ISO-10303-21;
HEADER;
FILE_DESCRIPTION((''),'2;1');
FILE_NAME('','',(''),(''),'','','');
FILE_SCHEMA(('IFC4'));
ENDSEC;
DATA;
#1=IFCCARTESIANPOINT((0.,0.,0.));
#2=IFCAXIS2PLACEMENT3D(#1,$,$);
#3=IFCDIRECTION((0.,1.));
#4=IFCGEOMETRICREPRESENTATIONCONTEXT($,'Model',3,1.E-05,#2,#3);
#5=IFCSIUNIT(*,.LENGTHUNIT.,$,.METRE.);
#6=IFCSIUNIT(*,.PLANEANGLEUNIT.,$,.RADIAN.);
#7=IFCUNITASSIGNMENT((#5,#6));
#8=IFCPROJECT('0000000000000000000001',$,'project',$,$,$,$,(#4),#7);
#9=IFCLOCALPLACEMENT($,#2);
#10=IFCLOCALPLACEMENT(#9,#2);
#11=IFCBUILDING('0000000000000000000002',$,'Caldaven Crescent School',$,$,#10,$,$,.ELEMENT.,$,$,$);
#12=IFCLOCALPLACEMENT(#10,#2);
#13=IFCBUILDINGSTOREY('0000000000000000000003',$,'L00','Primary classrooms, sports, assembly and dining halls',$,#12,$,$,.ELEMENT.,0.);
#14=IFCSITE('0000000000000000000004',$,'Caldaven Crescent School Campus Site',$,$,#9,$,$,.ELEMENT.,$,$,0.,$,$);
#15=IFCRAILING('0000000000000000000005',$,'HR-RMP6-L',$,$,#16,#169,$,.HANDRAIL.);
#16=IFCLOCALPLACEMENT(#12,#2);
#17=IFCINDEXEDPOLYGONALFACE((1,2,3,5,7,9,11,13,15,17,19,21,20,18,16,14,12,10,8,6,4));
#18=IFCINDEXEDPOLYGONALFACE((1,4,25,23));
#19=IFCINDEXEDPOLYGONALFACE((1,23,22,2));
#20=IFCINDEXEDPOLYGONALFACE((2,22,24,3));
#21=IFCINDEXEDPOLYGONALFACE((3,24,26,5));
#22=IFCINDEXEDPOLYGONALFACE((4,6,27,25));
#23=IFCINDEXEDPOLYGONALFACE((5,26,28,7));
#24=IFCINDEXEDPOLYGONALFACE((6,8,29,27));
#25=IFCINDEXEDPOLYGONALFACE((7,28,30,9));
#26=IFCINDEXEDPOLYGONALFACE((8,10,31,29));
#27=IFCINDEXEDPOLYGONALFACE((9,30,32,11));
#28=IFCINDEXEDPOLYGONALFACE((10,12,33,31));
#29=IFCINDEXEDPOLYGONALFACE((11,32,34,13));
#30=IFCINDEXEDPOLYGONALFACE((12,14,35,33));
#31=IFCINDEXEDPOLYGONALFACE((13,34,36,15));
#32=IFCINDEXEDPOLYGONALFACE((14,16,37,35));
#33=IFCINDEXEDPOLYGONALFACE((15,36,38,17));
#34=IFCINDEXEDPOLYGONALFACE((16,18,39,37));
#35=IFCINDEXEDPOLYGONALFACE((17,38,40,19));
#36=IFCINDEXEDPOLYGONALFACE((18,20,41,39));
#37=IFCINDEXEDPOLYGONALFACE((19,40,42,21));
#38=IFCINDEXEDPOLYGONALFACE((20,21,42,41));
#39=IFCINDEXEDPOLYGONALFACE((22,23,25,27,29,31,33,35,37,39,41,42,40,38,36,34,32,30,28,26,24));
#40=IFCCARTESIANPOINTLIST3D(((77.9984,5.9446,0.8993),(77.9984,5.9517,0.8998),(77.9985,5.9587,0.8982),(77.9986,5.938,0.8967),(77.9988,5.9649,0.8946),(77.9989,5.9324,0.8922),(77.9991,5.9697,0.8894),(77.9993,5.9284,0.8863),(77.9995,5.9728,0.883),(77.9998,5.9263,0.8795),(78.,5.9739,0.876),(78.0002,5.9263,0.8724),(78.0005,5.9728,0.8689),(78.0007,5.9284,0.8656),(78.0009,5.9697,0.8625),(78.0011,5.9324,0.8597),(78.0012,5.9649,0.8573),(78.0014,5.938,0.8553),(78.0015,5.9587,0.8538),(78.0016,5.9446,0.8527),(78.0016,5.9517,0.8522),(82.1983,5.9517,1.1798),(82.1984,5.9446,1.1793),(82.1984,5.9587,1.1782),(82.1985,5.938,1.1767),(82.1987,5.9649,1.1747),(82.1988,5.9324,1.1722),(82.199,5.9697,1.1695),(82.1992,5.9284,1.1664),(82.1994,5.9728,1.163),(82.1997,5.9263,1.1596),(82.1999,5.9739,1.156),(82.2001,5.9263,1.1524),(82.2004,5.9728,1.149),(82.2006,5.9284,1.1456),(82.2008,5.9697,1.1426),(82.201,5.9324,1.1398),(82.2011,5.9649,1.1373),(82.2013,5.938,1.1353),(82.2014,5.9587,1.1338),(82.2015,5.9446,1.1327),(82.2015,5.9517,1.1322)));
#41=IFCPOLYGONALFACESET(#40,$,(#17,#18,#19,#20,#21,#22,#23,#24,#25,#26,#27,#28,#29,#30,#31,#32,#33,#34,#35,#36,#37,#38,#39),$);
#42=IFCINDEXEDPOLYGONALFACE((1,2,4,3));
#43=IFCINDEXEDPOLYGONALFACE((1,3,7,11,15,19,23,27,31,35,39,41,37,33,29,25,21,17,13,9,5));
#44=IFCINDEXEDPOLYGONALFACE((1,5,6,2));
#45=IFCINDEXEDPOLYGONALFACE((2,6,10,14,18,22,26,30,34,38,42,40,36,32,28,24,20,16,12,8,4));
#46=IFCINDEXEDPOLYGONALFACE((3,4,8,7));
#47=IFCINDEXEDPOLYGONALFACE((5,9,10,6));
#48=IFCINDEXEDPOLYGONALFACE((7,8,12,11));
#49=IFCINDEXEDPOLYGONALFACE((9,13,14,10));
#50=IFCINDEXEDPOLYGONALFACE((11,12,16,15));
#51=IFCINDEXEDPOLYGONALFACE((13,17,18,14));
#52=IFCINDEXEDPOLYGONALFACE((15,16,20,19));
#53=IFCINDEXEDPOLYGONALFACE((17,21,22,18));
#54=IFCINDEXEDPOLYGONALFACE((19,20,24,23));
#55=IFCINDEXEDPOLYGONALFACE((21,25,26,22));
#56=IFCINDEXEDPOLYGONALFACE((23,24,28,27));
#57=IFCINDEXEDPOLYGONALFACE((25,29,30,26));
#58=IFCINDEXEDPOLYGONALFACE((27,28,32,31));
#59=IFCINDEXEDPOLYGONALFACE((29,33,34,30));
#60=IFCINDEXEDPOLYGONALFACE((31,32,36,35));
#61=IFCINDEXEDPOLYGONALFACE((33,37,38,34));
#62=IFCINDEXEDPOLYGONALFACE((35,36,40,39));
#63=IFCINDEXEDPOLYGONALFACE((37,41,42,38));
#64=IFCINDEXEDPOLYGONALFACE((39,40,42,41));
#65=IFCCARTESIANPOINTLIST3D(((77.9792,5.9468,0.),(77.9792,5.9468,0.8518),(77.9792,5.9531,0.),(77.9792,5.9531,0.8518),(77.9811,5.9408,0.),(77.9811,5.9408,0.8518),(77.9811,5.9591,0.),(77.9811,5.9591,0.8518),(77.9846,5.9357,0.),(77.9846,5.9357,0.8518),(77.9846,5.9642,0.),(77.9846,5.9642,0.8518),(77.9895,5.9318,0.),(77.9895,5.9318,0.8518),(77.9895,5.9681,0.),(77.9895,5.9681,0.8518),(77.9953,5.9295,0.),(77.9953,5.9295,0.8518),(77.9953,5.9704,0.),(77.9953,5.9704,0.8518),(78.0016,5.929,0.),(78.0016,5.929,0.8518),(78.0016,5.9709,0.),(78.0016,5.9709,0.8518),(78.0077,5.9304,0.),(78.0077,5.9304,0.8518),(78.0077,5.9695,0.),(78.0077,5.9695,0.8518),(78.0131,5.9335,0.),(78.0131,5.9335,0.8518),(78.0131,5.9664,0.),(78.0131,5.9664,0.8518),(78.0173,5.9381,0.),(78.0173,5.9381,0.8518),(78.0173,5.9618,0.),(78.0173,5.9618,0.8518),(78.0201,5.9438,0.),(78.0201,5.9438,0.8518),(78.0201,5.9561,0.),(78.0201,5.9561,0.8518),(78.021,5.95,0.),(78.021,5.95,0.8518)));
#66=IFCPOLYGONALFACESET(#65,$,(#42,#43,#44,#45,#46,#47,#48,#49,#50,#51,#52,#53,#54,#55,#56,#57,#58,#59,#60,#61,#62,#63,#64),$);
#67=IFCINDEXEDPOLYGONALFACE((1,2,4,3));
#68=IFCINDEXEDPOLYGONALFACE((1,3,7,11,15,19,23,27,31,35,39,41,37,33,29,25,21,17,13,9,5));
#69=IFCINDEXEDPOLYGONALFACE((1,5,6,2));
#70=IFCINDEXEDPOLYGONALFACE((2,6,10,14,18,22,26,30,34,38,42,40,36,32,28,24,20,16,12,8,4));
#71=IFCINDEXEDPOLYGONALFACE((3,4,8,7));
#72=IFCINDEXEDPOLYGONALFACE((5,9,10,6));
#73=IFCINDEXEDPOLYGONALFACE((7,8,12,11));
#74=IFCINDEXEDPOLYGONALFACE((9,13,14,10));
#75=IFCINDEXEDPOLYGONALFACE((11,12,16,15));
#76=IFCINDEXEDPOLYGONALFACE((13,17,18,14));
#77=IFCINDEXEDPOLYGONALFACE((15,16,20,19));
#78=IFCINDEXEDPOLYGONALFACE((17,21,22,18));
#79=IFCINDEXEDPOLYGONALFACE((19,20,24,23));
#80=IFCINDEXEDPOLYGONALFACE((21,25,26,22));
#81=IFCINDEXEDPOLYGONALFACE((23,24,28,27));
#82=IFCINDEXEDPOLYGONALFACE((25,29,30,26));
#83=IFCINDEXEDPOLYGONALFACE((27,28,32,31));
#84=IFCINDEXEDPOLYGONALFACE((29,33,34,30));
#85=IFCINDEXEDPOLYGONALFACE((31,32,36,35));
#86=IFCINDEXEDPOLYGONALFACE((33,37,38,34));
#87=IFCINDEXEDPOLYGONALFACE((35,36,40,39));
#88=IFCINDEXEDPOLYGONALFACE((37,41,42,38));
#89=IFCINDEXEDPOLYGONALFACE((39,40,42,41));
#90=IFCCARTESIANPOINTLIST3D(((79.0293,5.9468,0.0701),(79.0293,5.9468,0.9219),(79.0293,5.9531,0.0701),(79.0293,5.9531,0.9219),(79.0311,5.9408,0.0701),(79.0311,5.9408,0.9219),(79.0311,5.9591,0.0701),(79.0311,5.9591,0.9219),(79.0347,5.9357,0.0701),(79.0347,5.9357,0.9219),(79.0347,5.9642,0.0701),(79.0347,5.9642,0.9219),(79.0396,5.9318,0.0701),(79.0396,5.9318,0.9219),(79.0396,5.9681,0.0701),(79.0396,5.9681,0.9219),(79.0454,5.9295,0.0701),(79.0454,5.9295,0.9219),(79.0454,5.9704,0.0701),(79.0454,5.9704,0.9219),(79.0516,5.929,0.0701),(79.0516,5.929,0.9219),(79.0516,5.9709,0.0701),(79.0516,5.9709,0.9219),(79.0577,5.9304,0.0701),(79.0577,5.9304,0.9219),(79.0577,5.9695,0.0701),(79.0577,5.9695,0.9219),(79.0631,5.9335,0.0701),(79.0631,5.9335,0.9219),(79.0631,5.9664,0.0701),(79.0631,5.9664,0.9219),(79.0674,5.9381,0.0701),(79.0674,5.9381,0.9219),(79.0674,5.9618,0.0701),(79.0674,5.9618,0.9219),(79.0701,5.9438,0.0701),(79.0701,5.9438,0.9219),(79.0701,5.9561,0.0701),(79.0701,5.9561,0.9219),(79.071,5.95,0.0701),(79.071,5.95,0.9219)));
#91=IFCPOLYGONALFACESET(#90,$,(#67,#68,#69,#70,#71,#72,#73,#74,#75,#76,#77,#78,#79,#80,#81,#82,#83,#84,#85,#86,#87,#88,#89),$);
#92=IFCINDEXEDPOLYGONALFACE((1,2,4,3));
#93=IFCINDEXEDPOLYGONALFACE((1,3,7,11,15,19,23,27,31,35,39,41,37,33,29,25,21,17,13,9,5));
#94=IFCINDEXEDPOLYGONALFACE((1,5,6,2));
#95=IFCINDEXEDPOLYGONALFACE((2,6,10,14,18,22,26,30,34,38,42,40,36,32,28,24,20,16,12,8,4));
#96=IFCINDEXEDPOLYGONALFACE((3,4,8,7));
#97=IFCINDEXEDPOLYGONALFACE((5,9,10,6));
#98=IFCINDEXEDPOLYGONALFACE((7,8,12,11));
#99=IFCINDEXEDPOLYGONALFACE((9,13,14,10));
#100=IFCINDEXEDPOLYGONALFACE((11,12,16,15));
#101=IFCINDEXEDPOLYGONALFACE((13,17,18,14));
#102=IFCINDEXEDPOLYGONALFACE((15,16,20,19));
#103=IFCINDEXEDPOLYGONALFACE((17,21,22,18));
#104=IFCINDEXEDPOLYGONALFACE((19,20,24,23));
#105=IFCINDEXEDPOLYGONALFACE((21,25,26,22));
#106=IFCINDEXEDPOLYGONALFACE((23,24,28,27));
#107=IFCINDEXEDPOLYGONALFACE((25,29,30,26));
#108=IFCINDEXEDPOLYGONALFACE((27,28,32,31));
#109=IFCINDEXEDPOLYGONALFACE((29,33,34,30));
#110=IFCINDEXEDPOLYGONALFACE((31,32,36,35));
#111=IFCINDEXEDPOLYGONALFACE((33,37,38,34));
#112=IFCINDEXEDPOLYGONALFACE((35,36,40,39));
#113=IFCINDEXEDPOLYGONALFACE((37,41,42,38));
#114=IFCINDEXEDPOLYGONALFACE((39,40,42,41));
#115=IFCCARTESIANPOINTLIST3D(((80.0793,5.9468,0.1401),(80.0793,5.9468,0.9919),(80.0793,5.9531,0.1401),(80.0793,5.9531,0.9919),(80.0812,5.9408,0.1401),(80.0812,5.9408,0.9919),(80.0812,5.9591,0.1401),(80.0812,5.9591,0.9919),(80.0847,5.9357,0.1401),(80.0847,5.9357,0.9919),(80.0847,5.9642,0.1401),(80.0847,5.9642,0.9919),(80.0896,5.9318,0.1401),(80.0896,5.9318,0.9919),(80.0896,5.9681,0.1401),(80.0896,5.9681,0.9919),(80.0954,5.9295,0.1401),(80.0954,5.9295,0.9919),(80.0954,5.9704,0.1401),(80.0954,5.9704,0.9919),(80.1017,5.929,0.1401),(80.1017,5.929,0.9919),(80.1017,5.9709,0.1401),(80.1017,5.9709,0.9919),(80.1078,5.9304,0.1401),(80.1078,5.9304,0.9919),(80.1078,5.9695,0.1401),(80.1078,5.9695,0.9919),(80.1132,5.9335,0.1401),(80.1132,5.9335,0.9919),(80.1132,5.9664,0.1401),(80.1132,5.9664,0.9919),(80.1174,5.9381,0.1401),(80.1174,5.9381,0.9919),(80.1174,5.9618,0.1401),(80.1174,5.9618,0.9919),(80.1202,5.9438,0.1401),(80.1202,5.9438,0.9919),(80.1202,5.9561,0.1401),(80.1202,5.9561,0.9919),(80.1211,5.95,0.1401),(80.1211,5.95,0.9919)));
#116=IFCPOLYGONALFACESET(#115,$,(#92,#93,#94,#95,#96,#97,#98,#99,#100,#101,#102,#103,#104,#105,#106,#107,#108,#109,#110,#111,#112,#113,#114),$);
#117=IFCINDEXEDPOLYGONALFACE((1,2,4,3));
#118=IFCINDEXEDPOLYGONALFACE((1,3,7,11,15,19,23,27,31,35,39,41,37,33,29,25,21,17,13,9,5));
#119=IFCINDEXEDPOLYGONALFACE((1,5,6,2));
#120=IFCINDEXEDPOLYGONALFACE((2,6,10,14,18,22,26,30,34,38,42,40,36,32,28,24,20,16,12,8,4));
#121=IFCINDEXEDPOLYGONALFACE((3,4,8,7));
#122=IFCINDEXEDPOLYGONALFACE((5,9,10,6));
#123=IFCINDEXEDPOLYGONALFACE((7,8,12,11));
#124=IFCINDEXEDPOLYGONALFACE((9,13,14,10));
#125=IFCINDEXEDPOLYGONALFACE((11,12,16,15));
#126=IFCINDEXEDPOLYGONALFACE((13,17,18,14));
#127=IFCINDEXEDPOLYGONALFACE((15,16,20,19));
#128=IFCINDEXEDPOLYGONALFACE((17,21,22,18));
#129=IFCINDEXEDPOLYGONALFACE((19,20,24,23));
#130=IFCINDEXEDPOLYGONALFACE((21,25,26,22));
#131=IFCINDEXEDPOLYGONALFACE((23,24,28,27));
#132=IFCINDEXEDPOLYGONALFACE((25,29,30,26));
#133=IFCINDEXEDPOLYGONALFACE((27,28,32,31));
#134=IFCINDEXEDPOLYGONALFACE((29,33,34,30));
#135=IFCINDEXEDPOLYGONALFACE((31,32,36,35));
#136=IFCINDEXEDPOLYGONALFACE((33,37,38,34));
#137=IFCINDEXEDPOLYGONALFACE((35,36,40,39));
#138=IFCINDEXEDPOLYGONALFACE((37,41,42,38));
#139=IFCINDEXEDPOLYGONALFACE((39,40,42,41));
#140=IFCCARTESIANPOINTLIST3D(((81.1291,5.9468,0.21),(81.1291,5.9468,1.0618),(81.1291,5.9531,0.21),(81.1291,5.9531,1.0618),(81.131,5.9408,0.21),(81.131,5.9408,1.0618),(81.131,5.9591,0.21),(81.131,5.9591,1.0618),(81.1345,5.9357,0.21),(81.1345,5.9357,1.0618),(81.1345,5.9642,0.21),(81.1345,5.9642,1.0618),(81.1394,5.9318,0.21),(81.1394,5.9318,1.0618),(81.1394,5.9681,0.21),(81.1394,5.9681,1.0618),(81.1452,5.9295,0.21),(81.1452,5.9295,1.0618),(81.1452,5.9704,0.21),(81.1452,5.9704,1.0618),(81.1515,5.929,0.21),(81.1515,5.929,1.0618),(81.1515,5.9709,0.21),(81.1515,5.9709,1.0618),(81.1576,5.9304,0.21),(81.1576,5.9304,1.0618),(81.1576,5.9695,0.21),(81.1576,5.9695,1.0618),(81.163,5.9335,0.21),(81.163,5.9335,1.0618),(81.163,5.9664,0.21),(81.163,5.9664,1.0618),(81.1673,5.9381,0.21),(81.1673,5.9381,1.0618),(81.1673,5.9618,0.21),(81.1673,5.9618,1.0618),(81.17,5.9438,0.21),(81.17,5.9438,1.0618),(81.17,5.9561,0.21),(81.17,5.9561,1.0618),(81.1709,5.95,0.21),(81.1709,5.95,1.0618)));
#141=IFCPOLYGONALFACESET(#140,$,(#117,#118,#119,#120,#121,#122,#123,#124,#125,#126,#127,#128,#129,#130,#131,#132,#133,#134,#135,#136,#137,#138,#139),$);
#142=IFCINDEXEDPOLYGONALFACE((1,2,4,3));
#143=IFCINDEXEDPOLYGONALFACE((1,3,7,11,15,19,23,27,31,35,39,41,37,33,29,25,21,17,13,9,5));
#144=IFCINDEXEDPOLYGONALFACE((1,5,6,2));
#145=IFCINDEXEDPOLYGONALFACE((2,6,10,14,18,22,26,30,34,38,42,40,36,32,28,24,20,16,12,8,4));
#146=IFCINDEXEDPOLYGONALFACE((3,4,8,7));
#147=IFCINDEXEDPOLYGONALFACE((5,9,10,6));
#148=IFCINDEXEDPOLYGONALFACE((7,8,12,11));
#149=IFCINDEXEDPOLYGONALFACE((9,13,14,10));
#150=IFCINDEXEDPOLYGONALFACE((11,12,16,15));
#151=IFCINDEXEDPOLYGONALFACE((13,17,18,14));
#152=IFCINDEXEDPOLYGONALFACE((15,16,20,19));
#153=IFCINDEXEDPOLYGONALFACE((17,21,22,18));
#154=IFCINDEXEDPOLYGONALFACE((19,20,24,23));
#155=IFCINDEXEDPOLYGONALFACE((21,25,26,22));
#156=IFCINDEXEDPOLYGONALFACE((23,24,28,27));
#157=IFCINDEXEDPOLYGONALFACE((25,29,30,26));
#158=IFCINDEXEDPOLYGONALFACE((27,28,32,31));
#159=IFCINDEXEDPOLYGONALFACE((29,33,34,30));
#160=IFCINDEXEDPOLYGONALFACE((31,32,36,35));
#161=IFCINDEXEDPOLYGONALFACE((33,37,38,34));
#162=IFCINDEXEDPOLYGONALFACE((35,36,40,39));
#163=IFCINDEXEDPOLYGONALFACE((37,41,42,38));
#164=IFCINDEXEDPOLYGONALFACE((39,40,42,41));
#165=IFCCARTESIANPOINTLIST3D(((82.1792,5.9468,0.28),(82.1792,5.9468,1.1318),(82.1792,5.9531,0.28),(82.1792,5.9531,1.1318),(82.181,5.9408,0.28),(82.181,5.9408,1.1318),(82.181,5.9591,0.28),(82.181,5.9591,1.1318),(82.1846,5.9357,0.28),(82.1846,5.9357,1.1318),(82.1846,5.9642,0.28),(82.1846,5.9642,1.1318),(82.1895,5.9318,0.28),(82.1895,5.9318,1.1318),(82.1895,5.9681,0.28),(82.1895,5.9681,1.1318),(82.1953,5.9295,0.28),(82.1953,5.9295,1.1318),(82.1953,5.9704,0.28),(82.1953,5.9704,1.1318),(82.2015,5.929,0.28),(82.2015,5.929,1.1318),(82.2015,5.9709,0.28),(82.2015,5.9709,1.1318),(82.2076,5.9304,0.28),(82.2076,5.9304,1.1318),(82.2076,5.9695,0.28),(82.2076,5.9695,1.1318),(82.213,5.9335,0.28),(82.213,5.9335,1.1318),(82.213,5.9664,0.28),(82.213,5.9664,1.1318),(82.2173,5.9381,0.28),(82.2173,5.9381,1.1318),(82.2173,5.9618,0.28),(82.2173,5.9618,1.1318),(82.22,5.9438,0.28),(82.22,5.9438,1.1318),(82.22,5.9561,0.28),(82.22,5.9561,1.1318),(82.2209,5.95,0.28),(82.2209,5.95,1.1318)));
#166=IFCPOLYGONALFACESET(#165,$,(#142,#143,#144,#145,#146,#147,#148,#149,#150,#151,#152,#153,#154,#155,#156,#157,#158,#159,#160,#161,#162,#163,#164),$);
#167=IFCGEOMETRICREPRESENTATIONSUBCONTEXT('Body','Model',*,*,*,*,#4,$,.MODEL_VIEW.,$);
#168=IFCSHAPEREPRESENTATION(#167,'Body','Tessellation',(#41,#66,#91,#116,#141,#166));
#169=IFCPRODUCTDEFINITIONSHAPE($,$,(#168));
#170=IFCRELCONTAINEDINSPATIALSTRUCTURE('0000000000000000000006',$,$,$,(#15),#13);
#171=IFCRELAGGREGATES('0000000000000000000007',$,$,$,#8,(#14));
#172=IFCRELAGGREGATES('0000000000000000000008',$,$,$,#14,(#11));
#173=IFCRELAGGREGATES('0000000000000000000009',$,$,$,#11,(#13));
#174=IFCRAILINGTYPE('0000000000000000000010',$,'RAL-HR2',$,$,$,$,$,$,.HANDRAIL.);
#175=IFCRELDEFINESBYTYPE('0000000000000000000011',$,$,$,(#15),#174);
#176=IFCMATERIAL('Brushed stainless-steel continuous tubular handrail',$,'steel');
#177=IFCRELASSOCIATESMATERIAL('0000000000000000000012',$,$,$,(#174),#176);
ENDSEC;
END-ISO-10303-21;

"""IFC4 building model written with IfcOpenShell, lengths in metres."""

from ifc_helpers import new_model, si_unit, direction, frame, origin, origin_2d, place, context, subcontext, project, spatial, circle, extrude, material, type_object, element, save


model = new_model("IFC4")

# Units and contexts
model_context = context("Model", 3, precision=1e-05, world=origin(), true_north=direction((0.0, 1.0)))
body_context = subcontext(model_context, "Body", "Model", "MODEL_VIEW")
ifc_project = project(units=[si_unit("LENGTHUNIT", "METRE"), si_unit("PLANEANGLEUNIT", "RADIAN")], contexts=[model_context])

# Site, building, storey
site_placement = place(None, origin())
site = spatial("IfcSite", under=ifc_project, at=site_placement, Name="Caldaven Crescent School Campus Site", CompositionType="ELEMENT", RefElevation=0.0)
building_placement = place(site_placement, origin())
building = spatial("IfcBuilding", under=site, at=building_placement, Name="Caldaven Crescent School", CompositionType="ELEMENT")
storey_placement = place(building_placement, origin())
storey = spatial("IfcBuildingStorey", under=building, at=storey_placement, Name="L00", Description="Primary classrooms, sports, assembly and dining halls", CompositionType="ELEMENT", Elevation=0.0)

# Railing
ifc_material_1 = material(Name="Brushed stainless-steel continuous tubular handrail", Category="steel")
railing_type = type_object("IfcRailingType", Name="RAL-HR2", PredefinedType="HANDRAIL", material=ifc_material_1)
for number, where, name in (
    (1, (78.0, 5.95, 0.0), "HR-RMP6-L"),
):
    element("IfcRailing", number, at=place(storey_placement, frame(where)), inside=storey, type_object=railing_type, Name=name, PredefinedType="HANDRAIL", context=body_context, shape_type="SweptSolid", body=[
        extrude(circle(Radius=0.0239, at=origin_2d()), frame((0.0, 0.0, 0.876), z_axis=(0.997785, 0.0, 0.066527), x_axis=(0.0, 1.0, 0.0)), (0.0, 0.0, 1.0), 4.2092),
        extrude(circle(Radius=0.021, at=origin_2d()), origin(), (0.0, 0.0, 1.0), 0.8518),
        extrude(circle(Radius=0.021, at=origin_2d()), frame((1.05, 0.0, 0.0701)), (0.0, 0.0, 1.0), 0.8518),
        extrude(circle(Radius=0.021, at=origin_2d()), frame((2.1001, 0.0, 0.1401)), (0.0, 0.0, 1.0), 0.8518),
        extrude(circle(Radius=0.021, at=origin_2d()), frame((3.1499, 0.0, 0.21)), (0.0, 0.0, 1.0), 0.8518),
        extrude(circle(Radius=0.021, at=origin_2d()), frame((4.2, 0.0, 0.28)), (0.0, 0.0, 1.0), 0.8518),
    ])

save(model, "model.ifc")
